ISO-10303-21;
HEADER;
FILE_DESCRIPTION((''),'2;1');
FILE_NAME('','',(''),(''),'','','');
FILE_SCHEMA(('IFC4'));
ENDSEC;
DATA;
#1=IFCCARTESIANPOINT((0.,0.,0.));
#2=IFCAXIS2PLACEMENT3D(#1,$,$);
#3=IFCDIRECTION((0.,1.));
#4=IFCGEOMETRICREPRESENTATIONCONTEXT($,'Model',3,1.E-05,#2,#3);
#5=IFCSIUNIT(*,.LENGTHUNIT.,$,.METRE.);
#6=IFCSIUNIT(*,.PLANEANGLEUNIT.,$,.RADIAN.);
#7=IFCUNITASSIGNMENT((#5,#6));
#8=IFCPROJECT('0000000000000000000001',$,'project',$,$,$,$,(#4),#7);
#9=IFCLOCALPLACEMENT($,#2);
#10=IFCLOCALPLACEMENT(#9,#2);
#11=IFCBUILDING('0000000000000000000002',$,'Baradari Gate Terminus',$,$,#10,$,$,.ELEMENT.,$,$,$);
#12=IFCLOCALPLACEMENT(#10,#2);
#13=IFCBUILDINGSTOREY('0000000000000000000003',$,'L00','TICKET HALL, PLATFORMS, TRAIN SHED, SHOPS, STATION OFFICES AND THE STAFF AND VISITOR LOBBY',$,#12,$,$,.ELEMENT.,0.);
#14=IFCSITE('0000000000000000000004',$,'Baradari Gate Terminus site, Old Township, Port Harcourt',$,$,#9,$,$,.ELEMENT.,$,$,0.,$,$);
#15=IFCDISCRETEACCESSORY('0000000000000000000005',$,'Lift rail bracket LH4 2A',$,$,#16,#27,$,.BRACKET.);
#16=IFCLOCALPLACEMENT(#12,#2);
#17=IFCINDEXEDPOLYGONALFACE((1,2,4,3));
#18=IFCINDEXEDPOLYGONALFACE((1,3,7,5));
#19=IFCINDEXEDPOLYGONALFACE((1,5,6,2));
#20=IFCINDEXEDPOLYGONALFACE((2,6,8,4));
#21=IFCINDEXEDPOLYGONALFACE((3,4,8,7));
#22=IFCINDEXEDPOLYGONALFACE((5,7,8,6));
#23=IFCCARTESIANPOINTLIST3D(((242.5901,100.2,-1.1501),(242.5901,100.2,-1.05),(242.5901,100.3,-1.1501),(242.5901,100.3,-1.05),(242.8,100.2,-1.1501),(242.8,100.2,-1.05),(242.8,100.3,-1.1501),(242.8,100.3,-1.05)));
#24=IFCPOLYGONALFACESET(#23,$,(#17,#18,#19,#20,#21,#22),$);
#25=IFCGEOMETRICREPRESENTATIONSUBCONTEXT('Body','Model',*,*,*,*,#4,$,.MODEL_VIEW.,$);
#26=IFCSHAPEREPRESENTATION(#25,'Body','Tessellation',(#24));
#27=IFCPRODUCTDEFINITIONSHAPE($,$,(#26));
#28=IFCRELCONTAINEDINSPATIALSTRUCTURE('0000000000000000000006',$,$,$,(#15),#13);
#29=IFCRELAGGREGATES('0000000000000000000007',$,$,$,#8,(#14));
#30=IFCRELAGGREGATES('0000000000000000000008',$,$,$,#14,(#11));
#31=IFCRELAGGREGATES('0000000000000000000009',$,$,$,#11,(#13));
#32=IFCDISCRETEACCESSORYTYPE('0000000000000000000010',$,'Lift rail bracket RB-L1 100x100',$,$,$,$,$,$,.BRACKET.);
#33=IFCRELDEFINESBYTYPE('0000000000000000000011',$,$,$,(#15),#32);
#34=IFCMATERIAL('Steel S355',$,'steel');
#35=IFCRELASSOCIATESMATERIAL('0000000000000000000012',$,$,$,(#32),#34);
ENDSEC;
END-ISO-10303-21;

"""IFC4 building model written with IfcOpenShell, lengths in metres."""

from ifc_helpers import new_model, si_unit, direction, frame, origin, origin_2d, place, context, subcontext, project, spatial, rectangle, extrude, material, type_object, element, save


model = new_model("IFC4")

# Units and contexts
model_context = context("Model", 3, precision=1e-05, world=origin(), true_north=direction((0.0, 1.0)))
body_context = subcontext(model_context, "Body", "Model", "MODEL_VIEW")
ifc_project = project(units=[si_unit("LENGTHUNIT", "METRE"), si_unit("PLANEANGLEUNIT", "RADIAN")], contexts=[model_context])

# Site, building, storey
site_placement = place(None, origin())
site = spatial("IfcSite", under=ifc_project, at=site_placement, Name="Baradari Gate Terminus site, Old Township, Port Harcourt", CompositionType="ELEMENT", RefElevation=0.0)
building_placement = place(site_placement, origin())
building = spatial("IfcBuilding", under=site, at=building_placement, Name="Baradari Gate Terminus", CompositionType="ELEMENT")
storey_placement = place(building_placement, origin())
storey = spatial("IfcBuildingStorey", under=building, at=storey_placement, Name="L00", Description="TICKET HALL, PLATFORMS, TRAIN SHED, SHOPS, STATION OFFICES AND THE STAFF AND VISITOR LOBBY", CompositionType="ELEMENT", Elevation=0.0)

# Discrete accessory
ifc_material_1 = material(Name="Steel S355", Category="steel")
discrete_accessory_type_1 = type_object("IfcDiscreteAccessoryType", Name="Lift rail bracket RB-L1 100x100", PredefinedType="BRACKET", material=ifc_material_1)
for number, where, z_axis, x_axis, name in (
    (1, (242.6951, 100.25, -1.1501), (0.0, 0.0, 1.0), (1.0, 0.0, 0.0), "Lift rail bracket LH4 2A"),
):
    element("IfcDiscreteAccessory", number, at=place(storey_placement, frame(where, z_axis=z_axis, x_axis=x_axis)), inside=storey, type_object=discrete_accessory_type_1, Name=name, PredefinedType="BRACKET", context=body_context, shape_type="SweptSolid", body=[
        extrude(rectangle(XDim=0.21, YDim=0.1001, at=origin_2d()), origin(), (0.0, 0.0, 1.0), 0.1001),
    ])

save(model, "model.ifc")
